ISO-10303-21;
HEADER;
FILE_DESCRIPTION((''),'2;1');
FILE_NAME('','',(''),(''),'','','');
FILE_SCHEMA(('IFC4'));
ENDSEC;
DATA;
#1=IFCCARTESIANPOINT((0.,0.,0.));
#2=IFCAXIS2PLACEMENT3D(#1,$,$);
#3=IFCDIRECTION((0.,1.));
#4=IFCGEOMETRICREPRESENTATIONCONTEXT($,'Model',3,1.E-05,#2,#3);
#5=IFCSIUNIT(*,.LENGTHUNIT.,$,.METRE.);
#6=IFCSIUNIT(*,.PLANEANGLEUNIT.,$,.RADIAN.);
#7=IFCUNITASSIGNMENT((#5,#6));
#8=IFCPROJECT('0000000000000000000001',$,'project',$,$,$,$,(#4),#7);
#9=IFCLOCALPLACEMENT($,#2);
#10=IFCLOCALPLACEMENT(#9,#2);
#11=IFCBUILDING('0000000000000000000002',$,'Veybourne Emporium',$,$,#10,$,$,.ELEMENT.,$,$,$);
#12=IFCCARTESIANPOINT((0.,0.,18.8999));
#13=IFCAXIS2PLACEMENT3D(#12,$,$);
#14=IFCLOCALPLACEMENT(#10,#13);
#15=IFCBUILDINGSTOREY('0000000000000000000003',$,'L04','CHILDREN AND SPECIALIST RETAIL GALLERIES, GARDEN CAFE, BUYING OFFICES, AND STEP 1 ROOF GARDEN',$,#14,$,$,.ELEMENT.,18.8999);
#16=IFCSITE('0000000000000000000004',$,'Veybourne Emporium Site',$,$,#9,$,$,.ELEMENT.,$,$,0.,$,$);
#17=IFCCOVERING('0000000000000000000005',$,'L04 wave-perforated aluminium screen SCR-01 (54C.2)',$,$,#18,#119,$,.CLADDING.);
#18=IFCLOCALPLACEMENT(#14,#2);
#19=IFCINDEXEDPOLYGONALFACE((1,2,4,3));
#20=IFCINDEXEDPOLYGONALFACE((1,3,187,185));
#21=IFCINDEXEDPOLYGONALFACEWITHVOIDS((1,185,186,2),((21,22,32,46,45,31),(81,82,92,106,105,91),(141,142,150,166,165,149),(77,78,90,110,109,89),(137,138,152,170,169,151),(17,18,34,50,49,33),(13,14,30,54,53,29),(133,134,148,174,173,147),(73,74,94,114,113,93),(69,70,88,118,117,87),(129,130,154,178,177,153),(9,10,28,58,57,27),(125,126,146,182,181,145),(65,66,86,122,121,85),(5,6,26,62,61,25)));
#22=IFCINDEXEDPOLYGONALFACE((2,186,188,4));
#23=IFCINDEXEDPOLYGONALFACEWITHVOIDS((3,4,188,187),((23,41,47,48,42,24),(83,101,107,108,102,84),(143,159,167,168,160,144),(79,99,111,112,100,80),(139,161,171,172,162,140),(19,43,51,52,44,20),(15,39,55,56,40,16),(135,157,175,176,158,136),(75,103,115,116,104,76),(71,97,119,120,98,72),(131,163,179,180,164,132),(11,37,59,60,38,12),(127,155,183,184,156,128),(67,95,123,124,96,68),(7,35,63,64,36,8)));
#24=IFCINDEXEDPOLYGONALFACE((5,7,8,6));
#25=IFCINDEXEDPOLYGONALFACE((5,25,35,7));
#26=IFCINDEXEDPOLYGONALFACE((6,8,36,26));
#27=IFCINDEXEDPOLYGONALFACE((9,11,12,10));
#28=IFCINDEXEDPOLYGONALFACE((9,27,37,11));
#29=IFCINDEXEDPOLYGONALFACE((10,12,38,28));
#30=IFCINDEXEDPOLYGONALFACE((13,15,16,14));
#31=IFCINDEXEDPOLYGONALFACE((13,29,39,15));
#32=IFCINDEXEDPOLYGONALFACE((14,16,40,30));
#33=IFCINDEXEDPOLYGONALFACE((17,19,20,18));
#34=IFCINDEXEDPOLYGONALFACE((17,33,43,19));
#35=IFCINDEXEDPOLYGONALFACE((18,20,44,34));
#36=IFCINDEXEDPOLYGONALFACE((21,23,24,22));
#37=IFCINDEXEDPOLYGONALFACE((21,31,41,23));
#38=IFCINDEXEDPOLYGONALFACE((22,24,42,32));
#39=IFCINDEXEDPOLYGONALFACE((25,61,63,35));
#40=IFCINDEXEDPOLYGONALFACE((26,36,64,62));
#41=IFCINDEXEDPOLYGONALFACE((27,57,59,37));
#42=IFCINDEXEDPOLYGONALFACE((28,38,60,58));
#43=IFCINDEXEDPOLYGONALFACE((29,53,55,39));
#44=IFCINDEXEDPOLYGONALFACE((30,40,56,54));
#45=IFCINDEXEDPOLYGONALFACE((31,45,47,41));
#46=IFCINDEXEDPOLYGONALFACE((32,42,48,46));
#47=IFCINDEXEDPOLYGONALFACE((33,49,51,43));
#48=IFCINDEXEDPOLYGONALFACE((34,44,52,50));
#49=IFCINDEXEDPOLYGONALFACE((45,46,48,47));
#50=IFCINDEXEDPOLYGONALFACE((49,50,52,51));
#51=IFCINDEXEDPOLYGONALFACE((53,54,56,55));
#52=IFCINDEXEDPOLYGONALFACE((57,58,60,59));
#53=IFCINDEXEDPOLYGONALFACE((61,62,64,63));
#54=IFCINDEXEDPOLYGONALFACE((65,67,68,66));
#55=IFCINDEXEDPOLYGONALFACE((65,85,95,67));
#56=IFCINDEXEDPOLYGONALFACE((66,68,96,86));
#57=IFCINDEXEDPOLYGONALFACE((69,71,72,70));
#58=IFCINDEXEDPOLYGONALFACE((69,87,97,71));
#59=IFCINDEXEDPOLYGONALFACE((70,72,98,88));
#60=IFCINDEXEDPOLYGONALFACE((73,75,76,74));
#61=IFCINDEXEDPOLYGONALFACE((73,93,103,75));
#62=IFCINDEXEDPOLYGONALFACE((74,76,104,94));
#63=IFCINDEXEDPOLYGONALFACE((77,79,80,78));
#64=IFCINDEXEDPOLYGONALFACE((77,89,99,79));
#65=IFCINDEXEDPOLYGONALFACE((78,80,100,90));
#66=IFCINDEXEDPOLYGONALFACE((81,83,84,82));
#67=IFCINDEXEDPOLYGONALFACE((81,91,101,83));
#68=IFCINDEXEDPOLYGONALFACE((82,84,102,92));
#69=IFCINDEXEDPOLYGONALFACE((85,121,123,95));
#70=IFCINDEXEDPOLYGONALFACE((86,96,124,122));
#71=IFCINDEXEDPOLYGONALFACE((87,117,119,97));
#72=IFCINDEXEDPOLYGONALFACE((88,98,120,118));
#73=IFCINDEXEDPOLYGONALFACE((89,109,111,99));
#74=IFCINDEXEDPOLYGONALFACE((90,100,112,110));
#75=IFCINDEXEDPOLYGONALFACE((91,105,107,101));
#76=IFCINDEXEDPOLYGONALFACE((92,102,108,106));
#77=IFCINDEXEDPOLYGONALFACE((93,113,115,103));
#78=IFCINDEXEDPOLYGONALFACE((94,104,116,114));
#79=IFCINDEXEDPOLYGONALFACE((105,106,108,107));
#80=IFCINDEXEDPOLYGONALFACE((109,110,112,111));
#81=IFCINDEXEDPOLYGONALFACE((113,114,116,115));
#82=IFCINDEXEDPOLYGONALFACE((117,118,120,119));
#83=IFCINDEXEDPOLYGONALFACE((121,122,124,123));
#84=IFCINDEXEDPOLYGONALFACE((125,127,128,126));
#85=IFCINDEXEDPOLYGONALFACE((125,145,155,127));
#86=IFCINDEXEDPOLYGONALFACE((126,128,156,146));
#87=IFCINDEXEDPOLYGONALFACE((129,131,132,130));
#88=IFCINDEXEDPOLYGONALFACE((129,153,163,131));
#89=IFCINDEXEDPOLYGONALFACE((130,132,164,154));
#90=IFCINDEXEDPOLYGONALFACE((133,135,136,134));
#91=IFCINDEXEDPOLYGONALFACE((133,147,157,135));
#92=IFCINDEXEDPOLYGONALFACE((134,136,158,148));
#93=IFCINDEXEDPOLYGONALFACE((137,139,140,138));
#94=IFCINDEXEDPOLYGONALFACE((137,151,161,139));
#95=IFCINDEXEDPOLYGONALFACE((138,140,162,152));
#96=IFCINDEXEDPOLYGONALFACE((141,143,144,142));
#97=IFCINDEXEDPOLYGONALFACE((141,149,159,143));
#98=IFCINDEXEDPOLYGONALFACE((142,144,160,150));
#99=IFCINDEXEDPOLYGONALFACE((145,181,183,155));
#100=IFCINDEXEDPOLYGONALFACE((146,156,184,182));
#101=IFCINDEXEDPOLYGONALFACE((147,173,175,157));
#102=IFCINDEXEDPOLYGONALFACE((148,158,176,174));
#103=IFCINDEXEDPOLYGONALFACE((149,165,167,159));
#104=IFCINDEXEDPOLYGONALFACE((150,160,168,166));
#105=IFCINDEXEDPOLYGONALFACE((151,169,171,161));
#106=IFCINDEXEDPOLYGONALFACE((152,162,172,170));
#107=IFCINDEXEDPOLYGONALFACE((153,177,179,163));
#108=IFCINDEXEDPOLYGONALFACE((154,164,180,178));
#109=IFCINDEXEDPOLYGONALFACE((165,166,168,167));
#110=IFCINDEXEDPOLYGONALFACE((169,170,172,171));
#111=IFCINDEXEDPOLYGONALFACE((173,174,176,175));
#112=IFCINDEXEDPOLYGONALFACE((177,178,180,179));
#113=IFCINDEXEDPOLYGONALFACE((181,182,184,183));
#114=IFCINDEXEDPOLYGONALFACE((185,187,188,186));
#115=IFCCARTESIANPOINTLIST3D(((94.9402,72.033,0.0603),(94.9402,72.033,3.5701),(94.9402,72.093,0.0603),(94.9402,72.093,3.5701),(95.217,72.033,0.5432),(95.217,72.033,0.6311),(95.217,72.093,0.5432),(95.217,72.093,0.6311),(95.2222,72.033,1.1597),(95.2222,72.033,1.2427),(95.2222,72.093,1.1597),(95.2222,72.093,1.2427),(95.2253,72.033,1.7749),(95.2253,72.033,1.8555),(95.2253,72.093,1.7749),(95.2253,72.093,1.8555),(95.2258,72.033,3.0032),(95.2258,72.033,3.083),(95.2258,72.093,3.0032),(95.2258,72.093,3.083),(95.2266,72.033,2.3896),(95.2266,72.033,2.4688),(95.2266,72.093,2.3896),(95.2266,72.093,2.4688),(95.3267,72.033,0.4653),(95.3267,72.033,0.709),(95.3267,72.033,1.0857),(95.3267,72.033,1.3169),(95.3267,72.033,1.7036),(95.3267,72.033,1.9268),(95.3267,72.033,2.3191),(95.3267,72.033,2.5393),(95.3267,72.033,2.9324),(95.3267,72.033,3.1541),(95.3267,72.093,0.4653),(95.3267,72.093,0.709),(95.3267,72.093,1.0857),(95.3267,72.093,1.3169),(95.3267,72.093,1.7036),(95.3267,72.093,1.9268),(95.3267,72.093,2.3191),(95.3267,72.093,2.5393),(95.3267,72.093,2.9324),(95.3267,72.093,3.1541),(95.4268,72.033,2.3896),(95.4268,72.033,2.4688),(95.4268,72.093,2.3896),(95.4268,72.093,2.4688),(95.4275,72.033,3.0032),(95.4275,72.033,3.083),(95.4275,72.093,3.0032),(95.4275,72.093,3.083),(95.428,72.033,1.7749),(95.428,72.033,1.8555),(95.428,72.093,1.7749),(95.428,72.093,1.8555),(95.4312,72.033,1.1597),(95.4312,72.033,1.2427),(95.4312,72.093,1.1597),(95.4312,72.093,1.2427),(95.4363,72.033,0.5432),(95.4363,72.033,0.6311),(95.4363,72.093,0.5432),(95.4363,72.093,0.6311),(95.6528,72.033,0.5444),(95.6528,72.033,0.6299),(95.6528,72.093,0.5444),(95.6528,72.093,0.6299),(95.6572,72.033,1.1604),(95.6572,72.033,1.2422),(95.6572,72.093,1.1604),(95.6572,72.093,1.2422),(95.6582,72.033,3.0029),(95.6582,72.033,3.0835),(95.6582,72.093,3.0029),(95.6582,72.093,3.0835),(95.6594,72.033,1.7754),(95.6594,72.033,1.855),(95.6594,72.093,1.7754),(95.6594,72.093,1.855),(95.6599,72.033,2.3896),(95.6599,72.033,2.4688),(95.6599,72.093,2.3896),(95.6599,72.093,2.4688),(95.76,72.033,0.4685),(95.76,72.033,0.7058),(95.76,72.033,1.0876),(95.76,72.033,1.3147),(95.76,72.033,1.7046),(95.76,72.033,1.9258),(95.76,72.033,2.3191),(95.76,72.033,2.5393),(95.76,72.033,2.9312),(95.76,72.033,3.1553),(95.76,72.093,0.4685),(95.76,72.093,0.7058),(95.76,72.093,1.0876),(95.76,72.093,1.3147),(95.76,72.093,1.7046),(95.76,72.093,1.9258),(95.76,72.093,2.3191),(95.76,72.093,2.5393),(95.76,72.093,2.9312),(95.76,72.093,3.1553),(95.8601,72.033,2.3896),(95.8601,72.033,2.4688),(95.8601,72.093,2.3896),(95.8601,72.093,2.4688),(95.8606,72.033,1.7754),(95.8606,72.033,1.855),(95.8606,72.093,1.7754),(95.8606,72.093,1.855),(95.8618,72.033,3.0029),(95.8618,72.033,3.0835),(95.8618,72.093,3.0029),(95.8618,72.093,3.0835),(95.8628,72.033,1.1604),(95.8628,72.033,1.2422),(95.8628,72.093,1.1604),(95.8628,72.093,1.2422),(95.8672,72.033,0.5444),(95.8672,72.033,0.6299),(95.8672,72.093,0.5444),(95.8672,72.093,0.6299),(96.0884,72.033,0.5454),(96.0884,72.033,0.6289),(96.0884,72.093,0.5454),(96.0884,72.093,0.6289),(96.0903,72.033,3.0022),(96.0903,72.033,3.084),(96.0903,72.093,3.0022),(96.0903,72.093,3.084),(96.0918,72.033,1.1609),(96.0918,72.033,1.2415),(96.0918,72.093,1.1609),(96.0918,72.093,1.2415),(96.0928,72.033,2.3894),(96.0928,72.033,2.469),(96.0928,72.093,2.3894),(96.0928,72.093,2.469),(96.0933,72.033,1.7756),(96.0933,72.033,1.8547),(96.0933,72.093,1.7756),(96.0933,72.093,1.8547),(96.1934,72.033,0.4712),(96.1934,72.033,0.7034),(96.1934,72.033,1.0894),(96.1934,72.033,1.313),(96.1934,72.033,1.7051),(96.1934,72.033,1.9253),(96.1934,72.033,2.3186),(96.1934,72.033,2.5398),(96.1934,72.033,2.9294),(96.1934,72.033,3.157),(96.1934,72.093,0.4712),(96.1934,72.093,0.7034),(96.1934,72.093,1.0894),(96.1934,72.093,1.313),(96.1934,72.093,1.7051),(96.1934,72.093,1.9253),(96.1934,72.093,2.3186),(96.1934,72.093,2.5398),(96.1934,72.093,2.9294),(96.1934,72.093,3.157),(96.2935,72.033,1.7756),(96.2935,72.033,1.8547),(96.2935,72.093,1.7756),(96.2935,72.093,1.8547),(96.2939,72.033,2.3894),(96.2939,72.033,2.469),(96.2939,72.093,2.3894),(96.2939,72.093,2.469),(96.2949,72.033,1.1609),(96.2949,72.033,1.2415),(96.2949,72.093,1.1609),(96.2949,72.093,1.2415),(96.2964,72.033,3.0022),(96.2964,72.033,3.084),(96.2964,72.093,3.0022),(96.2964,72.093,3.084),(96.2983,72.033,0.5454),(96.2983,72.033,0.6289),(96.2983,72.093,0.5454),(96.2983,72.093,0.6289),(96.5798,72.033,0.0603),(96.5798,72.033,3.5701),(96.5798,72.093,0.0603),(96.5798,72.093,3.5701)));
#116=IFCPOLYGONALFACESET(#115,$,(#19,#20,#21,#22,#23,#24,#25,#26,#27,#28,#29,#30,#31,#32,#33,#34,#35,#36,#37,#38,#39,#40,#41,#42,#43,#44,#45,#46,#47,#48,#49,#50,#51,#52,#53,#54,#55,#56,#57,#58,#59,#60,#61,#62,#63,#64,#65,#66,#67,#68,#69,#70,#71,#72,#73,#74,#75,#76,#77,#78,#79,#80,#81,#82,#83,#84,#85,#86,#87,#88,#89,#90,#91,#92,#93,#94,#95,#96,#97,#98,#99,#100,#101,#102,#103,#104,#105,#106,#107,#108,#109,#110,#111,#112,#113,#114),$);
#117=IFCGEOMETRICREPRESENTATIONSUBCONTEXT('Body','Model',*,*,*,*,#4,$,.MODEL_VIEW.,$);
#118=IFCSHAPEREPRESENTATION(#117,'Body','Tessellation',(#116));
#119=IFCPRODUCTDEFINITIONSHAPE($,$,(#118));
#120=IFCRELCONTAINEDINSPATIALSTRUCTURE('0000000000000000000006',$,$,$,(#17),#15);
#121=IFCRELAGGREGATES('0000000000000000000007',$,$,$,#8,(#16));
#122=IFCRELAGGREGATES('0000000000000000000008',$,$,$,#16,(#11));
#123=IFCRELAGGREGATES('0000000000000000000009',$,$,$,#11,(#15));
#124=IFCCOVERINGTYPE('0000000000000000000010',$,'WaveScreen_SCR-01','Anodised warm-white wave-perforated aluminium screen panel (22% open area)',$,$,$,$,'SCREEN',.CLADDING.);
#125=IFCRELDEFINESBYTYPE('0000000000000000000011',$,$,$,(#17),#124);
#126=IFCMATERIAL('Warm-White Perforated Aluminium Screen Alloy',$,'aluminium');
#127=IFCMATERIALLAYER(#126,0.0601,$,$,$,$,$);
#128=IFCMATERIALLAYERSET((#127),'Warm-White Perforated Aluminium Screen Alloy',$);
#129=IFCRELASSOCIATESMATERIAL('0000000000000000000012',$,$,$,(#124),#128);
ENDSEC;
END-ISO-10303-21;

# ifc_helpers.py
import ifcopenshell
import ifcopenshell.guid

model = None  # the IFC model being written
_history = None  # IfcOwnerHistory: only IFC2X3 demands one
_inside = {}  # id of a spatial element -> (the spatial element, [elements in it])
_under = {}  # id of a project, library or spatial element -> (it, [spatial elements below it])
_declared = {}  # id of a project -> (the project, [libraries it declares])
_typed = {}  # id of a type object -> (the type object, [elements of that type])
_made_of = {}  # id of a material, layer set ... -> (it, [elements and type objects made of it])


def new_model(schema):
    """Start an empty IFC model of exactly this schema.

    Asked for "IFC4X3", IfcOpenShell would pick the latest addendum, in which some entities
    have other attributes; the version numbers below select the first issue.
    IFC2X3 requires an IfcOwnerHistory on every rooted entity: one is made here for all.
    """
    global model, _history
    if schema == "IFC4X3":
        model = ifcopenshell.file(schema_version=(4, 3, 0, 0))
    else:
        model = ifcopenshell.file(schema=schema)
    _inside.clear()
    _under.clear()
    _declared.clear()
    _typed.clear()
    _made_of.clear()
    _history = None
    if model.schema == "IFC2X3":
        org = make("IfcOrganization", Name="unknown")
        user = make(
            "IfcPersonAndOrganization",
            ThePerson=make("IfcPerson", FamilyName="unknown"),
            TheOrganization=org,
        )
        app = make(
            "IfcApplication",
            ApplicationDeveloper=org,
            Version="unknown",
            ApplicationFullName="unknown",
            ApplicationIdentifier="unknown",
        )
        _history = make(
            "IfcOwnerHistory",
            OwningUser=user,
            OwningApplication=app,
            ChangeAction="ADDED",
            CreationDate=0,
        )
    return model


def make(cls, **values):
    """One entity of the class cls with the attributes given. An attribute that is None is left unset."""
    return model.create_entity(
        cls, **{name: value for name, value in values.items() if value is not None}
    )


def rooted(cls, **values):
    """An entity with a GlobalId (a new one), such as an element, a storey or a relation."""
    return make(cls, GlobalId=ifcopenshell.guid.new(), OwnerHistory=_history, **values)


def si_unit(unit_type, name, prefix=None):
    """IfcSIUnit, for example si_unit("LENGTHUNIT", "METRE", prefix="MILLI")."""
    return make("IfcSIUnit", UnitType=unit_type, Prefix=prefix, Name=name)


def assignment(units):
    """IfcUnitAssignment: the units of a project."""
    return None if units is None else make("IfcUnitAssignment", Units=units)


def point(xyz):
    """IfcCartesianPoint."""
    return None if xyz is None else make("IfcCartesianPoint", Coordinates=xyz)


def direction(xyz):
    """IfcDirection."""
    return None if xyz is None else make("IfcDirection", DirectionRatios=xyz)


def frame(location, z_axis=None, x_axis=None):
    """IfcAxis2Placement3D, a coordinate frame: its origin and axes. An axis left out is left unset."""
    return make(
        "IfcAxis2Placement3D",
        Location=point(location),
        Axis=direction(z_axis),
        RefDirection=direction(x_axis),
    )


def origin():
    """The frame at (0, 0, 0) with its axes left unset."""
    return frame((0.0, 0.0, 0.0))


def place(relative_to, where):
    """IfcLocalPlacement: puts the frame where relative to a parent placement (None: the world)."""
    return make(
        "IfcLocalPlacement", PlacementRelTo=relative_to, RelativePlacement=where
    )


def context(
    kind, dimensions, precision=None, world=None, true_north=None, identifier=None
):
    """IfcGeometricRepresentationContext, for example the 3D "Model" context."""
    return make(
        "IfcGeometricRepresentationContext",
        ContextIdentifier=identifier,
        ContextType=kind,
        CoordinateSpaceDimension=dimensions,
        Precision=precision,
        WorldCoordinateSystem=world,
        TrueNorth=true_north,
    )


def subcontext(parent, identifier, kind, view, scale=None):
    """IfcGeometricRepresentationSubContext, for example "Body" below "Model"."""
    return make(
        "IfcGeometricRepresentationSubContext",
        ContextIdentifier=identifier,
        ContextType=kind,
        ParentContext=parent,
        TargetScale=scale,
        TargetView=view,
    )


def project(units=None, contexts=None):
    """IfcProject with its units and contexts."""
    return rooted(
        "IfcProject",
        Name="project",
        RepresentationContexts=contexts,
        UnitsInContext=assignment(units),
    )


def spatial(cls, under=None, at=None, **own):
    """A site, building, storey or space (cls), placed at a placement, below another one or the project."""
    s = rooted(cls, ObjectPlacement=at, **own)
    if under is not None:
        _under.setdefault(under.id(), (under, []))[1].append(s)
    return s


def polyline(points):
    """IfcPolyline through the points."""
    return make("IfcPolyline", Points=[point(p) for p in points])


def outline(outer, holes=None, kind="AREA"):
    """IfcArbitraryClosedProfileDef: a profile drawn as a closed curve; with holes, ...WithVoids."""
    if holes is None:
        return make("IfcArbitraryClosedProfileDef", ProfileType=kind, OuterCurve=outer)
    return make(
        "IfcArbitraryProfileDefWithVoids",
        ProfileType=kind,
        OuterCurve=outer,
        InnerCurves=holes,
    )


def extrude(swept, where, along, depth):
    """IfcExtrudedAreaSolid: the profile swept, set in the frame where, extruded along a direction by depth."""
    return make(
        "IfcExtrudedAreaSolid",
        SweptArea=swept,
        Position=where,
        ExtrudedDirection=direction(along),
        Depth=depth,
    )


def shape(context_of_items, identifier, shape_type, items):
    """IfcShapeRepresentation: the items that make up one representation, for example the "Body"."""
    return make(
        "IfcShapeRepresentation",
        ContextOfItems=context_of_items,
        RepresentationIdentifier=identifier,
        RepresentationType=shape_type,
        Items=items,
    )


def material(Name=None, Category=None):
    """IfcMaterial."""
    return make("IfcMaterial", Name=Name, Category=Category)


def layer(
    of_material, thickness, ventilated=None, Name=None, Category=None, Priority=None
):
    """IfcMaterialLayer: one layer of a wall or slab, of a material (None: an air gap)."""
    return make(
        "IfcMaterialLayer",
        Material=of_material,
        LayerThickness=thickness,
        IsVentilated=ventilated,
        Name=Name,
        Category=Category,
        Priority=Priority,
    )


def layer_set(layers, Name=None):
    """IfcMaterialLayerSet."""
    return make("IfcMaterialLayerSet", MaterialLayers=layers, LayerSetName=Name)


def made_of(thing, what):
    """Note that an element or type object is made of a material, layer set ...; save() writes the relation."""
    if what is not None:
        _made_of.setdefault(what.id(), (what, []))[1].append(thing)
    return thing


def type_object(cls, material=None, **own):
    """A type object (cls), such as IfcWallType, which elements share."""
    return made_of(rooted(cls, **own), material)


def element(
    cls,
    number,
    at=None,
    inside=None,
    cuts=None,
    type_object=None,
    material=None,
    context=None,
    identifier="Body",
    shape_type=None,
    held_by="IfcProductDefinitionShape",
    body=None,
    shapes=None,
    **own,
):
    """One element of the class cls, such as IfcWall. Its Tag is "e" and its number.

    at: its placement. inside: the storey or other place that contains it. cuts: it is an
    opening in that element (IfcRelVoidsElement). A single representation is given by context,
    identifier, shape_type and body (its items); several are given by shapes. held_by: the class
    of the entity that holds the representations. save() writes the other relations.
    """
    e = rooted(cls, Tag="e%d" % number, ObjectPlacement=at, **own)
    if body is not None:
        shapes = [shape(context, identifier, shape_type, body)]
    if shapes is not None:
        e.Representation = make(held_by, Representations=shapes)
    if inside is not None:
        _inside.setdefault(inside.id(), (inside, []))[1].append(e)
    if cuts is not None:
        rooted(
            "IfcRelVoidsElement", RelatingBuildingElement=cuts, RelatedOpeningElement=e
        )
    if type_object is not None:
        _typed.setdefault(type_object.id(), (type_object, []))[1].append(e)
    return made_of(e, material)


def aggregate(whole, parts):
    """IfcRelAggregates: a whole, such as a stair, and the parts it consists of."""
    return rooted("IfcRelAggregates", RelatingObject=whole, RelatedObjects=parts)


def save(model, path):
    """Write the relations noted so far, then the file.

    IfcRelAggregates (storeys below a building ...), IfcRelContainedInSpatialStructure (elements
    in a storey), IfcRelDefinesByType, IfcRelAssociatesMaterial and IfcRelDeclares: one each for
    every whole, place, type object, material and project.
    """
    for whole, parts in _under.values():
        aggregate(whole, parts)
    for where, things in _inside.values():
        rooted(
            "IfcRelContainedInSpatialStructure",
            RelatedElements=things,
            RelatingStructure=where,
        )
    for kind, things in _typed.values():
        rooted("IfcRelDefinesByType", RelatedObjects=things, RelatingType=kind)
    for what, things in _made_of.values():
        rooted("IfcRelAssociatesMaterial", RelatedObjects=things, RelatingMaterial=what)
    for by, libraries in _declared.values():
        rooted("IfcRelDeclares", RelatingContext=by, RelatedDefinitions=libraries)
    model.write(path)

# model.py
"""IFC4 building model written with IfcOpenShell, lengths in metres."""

from ifc_helpers import new_model, si_unit, direction, frame, origin, place, context, subcontext, project, spatial, polyline, outline, extrude, material, layer, layer_set, type_object, element, save


model = new_model("IFC4")

# Units and contexts
model_context = context("Model", 3, precision=1e-05, world=origin(), true_north=direction((0.0, 1.0)))
body_context = subcontext(model_context, "Body", "Model", "MODEL_VIEW")
ifc_project = project(units=[si_unit("LENGTHUNIT", "METRE"), si_unit("PLANEANGLEUNIT", "RADIAN")], contexts=[model_context])

# Site, building, storey
site_placement = place(None, origin())
site = spatial("IfcSite", under=ifc_project, at=site_placement, Name="Veybourne Emporium Site", CompositionType="ELEMENT", RefElevation=0.0)
building_placement = place(site_placement, origin())
building = spatial("IfcBuilding", under=site, at=building_placement, Name="Veybourne Emporium", CompositionType="ELEMENT")
storey_placement = place(building_placement, frame((0.0, 0.0, 18.8999)))
storey = spatial("IfcBuildingStorey", under=building, at=storey_placement, Name="L04", Description="CHILDREN AND SPECIALIST RETAIL GALLERIES, GARDEN CAFE, BUYING OFFICES, AND STEP 1 ROOF GARDEN", CompositionType="ELEMENT", Elevation=18.8999)

# Covering
ifc_material_1 = material(Name="Warm-White Perforated Aluminium Screen Alloy", Category="aluminium")
ifc_layer_1 = layer(ifc_material_1, 0.0601)
ifc_layer_set_1 = layer_set([ifc_layer_1], Name="Warm-White Perforated Aluminium Screen Alloy")
covering_type_1 = type_object("IfcCoveringType", Name="WaveScreen_SCR-01", Description="Anodised warm-white wave-perforated aluminium screen panel (22% open area)", ElementType="SCREEN", PredefinedType="CLADDING", material=ifc_layer_set_1)
covering_1_placement = place(storey_placement, frame((95.76, 72.093, 1.8152), z_axis=(0.0, -1.0, 0.0), x_axis=(1.0, 0.0, 0.0)))
element("IfcCovering", 1, at=covering_1_placement, inside=storey, type_object=covering_type_1, Name="L04 wave-perforated aluminium screen SCR-01 (54C.2)", PredefinedType="CLADDING", context=body_context, shape_type="SweptSolid", body=[
    extrude(outline(polyline([(-0.8198, -1.7549), (0.8198, -1.7549), (0.8198, 1.7549), (-0.8198, 1.7549), (-0.8198, -1.7549)]), holes=[polyline([(-0.4333, -1.1062), (-0.3237, -1.1841), (-0.3237, -1.272), (-0.4333, -1.3499), (-0.543, -1.272), (-0.543, -1.1841), (-0.4333, -1.1062)]), polyline([(-0.4333, -0.4983), (-0.3289, -0.5725), (-0.3289, -0.6555), (-0.4333, -0.7295), (-0.5378, -0.6555), (-0.5378, -0.5725), (-0.4333, -0.4983)]), polyline([(-0.4333, 0.1116), (-0.332, 0.0403), (-0.332, -0.0403), (-0.4333, -0.1116), (-0.5347, -0.0403), (-0.5347, 0.0403), (-0.4333, 0.1116)]), polyline([(-0.4333, 0.7241), (-0.3333, 0.6536), (-0.3333, 0.5745), (-0.4333, 0.5039), (-0.5334, 0.5745), (-0.5334, 0.6536), (-0.4333, 0.7241)]), polyline([(-0.4333, 1.3389), (-0.3325, 1.2678), (-0.3325, 1.188), (-0.4333, 1.1172), (-0.5342, 1.188), (-0.5342, 1.2678), (-0.4333, 1.3389)]), polyline([(0.0, -1.1094), (0.1072, -1.1853), (0.1072, -1.2708), (0.0, -1.3467), (-0.1072, -1.2708), (-0.1072, -1.1853), (0.0, -1.1094)]), polyline([(0.0, -0.5005), (0.1028, -0.573), (0.1028, -0.6548), (0.0, -0.7275), (-0.1028, -0.6548), (-0.1028, -0.573), (0.0, -0.5005)]), polyline([(0.0, 0.1106), (0.1006, 0.0398), (0.1006, -0.0398), (0.0, -0.1106), (-0.1006, -0.0398), (-0.1006, 0.0398), (0.0, 0.1106)]), polyline([(0.0, 0.7241), (0.1001, 0.6536), (0.1001, 0.5745), (0.0, 0.5039), (-0.1001, 0.5745), (-0.1001, 0.6536), (0.0, 0.7241)]), polyline([(0.0, 1.3401), (0.1018, 1.2683), (0.1018, 1.1877), (0.0, 1.116), (-0.1018, 1.1877), (-0.1018, 1.2683), (0.0, 1.3401)]), polyline([(0.4333, -1.1118), (0.5383, -1.1863), (0.5383, -1.2698), (0.4333, -1.344), (0.3284, -1.2698), (0.3284, -1.1863), (0.4333, -1.1118)]), polyline([(0.4333, -0.5022), (0.5349, -0.5737), (0.5349, -0.6543), (0.4333, -0.7258), (0.3318, -0.6543), (0.3318, -0.5737), (0.4333, -0.5022)]), polyline([(0.4333, 0.1101), (0.5334, 0.0396), (0.5334, -0.0396), (0.4333, -0.1101), (0.3333, -0.0396), (0.3333, 0.0396), (0.4333, 0.1101)]), polyline([(0.4333, 0.7246), (0.5339, 0.6538), (0.5339, 0.5742), (0.4333, 0.5034), (0.3328, 0.5742), (0.3328, 0.6538), (0.4333, 0.7246)]), polyline([(0.4333, 1.3418), (0.5364, 1.2688), (0.5364, 1.187), (0.4333, 1.1143), (0.3303, 1.187), (0.3303, 1.2688), (0.4333, 1.3418)])]), origin(), (0.0, 0.0, 1.0), 0.0601),
])

save(model, "model.ifc")
